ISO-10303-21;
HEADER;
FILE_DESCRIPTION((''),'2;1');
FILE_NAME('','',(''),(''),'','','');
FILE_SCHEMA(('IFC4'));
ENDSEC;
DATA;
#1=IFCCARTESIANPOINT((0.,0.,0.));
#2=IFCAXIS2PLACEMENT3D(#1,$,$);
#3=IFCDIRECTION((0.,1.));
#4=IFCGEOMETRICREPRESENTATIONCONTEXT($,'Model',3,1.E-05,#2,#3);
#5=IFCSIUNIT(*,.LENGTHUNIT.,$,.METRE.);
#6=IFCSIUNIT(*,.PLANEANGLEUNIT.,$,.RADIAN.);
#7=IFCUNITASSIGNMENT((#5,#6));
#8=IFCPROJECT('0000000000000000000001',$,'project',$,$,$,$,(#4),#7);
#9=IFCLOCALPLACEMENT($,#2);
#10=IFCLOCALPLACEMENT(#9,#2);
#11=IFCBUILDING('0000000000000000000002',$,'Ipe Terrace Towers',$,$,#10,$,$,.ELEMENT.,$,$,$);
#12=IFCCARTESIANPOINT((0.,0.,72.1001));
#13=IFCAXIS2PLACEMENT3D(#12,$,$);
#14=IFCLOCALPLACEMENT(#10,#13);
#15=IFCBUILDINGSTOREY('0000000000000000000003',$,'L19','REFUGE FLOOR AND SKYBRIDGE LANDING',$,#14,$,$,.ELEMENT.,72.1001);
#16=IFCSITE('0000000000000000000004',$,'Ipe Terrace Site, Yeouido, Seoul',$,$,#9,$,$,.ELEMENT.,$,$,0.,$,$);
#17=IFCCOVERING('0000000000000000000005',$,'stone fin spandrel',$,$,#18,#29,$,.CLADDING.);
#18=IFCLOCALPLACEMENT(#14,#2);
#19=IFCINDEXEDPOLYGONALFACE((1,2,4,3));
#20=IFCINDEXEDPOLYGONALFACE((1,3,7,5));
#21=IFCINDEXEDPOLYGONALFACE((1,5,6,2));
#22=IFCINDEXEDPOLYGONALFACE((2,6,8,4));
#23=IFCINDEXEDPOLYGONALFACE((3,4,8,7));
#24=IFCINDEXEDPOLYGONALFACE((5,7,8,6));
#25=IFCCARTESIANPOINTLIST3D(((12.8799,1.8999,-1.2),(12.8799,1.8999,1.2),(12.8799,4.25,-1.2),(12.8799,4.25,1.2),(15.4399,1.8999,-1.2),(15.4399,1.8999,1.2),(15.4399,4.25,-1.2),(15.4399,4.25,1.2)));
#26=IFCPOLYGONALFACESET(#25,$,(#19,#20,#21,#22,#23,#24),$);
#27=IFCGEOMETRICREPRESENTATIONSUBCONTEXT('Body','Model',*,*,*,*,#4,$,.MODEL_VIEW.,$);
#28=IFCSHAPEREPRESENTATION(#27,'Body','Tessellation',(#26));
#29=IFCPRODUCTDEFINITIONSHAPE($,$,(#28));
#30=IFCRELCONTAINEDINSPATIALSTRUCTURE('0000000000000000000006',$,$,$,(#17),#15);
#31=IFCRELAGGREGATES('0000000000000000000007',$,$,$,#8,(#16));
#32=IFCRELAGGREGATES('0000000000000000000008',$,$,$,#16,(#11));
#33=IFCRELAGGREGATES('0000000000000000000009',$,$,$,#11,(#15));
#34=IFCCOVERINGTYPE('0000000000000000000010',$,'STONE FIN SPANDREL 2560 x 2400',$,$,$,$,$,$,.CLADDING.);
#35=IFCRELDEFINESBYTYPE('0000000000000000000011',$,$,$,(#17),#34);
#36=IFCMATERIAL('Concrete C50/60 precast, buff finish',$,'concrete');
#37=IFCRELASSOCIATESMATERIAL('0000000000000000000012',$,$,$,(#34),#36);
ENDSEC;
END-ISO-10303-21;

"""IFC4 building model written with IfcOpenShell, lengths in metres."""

from ifc_helpers import new_model, si_unit, direction, frame, origin, origin_2d, place, context, subcontext, project, spatial, rectangle, extrude, material, material_profile, profile_set, type_object, element, save


model = new_model("IFC4")

# Units and contexts
model_context = context("Model", 3, precision=1e-05, world=origin(), true_north=direction((0.0, 1.0)))
body_context = subcontext(model_context, "Body", "Model", "MODEL_VIEW")
ifc_project = project(units=[si_unit("LENGTHUNIT", "METRE"), si_unit("PLANEANGLEUNIT", "RADIAN")], contexts=[model_context])

# Site, building, storey
site_placement = place(None, origin())
site = spatial("IfcSite", under=ifc_project, at=site_placement, Name="Ipe Terrace Site, Yeouido, Seoul", CompositionType="ELEMENT", RefElevation=0.0)
building_placement = place(site_placement, origin())
building = spatial("IfcBuilding", under=site, at=building_placement, Name="Ipe Terrace Towers", CompositionType="ELEMENT")
storey_placement = place(building_placement, frame((0.0, 0.0, 72.1001)))
storey = spatial("IfcBuildingStorey", under=building, at=storey_placement, Name="L19", Description="REFUGE FLOOR AND SKYBRIDGE LANDING", CompositionType="ELEMENT", Elevation=72.1001)

# Covering
ifc_material_1 = material(Name="Concrete C50/60 precast, buff finish", Category="concrete")
ifc_material_profile_1 = material_profile(ifc_material_1, rectangle(XDim=2.5601, YDim=2.3999, at=origin_2d()), Name="STONE FIN SPANDREL 2560 x 2400")
ifc_profile_set_1 = profile_set([ifc_material_profile_1], Name="Concrete C50/60 precast, buff finish")
covering_type_1 = type_object("IfcCoveringType", Name="STONE FIN SPANDREL 2560 x 2400", PredefinedType="CLADDING", material=ifc_profile_set_1)
covering_1_placement = place(storey_placement, frame((14.1599, 4.25, 0.0), z_axis=(0.0, -1.0, 0.0), x_axis=(-1.0, 0.0, 0.0)))
element("IfcCovering", 1, at=covering_1_placement, inside=storey, type_object=covering_type_1, Name="stone fin spandrel", PredefinedType="CLADDING", context=body_context, shape_type="SweptSolid", body=[
    extrude(rectangle(XDim=2.5601, YDim=2.3999, at=origin_2d()), origin(), (0.0, 0.0, 1.0), 2.3501),
])

save(model, "model.ifc")
